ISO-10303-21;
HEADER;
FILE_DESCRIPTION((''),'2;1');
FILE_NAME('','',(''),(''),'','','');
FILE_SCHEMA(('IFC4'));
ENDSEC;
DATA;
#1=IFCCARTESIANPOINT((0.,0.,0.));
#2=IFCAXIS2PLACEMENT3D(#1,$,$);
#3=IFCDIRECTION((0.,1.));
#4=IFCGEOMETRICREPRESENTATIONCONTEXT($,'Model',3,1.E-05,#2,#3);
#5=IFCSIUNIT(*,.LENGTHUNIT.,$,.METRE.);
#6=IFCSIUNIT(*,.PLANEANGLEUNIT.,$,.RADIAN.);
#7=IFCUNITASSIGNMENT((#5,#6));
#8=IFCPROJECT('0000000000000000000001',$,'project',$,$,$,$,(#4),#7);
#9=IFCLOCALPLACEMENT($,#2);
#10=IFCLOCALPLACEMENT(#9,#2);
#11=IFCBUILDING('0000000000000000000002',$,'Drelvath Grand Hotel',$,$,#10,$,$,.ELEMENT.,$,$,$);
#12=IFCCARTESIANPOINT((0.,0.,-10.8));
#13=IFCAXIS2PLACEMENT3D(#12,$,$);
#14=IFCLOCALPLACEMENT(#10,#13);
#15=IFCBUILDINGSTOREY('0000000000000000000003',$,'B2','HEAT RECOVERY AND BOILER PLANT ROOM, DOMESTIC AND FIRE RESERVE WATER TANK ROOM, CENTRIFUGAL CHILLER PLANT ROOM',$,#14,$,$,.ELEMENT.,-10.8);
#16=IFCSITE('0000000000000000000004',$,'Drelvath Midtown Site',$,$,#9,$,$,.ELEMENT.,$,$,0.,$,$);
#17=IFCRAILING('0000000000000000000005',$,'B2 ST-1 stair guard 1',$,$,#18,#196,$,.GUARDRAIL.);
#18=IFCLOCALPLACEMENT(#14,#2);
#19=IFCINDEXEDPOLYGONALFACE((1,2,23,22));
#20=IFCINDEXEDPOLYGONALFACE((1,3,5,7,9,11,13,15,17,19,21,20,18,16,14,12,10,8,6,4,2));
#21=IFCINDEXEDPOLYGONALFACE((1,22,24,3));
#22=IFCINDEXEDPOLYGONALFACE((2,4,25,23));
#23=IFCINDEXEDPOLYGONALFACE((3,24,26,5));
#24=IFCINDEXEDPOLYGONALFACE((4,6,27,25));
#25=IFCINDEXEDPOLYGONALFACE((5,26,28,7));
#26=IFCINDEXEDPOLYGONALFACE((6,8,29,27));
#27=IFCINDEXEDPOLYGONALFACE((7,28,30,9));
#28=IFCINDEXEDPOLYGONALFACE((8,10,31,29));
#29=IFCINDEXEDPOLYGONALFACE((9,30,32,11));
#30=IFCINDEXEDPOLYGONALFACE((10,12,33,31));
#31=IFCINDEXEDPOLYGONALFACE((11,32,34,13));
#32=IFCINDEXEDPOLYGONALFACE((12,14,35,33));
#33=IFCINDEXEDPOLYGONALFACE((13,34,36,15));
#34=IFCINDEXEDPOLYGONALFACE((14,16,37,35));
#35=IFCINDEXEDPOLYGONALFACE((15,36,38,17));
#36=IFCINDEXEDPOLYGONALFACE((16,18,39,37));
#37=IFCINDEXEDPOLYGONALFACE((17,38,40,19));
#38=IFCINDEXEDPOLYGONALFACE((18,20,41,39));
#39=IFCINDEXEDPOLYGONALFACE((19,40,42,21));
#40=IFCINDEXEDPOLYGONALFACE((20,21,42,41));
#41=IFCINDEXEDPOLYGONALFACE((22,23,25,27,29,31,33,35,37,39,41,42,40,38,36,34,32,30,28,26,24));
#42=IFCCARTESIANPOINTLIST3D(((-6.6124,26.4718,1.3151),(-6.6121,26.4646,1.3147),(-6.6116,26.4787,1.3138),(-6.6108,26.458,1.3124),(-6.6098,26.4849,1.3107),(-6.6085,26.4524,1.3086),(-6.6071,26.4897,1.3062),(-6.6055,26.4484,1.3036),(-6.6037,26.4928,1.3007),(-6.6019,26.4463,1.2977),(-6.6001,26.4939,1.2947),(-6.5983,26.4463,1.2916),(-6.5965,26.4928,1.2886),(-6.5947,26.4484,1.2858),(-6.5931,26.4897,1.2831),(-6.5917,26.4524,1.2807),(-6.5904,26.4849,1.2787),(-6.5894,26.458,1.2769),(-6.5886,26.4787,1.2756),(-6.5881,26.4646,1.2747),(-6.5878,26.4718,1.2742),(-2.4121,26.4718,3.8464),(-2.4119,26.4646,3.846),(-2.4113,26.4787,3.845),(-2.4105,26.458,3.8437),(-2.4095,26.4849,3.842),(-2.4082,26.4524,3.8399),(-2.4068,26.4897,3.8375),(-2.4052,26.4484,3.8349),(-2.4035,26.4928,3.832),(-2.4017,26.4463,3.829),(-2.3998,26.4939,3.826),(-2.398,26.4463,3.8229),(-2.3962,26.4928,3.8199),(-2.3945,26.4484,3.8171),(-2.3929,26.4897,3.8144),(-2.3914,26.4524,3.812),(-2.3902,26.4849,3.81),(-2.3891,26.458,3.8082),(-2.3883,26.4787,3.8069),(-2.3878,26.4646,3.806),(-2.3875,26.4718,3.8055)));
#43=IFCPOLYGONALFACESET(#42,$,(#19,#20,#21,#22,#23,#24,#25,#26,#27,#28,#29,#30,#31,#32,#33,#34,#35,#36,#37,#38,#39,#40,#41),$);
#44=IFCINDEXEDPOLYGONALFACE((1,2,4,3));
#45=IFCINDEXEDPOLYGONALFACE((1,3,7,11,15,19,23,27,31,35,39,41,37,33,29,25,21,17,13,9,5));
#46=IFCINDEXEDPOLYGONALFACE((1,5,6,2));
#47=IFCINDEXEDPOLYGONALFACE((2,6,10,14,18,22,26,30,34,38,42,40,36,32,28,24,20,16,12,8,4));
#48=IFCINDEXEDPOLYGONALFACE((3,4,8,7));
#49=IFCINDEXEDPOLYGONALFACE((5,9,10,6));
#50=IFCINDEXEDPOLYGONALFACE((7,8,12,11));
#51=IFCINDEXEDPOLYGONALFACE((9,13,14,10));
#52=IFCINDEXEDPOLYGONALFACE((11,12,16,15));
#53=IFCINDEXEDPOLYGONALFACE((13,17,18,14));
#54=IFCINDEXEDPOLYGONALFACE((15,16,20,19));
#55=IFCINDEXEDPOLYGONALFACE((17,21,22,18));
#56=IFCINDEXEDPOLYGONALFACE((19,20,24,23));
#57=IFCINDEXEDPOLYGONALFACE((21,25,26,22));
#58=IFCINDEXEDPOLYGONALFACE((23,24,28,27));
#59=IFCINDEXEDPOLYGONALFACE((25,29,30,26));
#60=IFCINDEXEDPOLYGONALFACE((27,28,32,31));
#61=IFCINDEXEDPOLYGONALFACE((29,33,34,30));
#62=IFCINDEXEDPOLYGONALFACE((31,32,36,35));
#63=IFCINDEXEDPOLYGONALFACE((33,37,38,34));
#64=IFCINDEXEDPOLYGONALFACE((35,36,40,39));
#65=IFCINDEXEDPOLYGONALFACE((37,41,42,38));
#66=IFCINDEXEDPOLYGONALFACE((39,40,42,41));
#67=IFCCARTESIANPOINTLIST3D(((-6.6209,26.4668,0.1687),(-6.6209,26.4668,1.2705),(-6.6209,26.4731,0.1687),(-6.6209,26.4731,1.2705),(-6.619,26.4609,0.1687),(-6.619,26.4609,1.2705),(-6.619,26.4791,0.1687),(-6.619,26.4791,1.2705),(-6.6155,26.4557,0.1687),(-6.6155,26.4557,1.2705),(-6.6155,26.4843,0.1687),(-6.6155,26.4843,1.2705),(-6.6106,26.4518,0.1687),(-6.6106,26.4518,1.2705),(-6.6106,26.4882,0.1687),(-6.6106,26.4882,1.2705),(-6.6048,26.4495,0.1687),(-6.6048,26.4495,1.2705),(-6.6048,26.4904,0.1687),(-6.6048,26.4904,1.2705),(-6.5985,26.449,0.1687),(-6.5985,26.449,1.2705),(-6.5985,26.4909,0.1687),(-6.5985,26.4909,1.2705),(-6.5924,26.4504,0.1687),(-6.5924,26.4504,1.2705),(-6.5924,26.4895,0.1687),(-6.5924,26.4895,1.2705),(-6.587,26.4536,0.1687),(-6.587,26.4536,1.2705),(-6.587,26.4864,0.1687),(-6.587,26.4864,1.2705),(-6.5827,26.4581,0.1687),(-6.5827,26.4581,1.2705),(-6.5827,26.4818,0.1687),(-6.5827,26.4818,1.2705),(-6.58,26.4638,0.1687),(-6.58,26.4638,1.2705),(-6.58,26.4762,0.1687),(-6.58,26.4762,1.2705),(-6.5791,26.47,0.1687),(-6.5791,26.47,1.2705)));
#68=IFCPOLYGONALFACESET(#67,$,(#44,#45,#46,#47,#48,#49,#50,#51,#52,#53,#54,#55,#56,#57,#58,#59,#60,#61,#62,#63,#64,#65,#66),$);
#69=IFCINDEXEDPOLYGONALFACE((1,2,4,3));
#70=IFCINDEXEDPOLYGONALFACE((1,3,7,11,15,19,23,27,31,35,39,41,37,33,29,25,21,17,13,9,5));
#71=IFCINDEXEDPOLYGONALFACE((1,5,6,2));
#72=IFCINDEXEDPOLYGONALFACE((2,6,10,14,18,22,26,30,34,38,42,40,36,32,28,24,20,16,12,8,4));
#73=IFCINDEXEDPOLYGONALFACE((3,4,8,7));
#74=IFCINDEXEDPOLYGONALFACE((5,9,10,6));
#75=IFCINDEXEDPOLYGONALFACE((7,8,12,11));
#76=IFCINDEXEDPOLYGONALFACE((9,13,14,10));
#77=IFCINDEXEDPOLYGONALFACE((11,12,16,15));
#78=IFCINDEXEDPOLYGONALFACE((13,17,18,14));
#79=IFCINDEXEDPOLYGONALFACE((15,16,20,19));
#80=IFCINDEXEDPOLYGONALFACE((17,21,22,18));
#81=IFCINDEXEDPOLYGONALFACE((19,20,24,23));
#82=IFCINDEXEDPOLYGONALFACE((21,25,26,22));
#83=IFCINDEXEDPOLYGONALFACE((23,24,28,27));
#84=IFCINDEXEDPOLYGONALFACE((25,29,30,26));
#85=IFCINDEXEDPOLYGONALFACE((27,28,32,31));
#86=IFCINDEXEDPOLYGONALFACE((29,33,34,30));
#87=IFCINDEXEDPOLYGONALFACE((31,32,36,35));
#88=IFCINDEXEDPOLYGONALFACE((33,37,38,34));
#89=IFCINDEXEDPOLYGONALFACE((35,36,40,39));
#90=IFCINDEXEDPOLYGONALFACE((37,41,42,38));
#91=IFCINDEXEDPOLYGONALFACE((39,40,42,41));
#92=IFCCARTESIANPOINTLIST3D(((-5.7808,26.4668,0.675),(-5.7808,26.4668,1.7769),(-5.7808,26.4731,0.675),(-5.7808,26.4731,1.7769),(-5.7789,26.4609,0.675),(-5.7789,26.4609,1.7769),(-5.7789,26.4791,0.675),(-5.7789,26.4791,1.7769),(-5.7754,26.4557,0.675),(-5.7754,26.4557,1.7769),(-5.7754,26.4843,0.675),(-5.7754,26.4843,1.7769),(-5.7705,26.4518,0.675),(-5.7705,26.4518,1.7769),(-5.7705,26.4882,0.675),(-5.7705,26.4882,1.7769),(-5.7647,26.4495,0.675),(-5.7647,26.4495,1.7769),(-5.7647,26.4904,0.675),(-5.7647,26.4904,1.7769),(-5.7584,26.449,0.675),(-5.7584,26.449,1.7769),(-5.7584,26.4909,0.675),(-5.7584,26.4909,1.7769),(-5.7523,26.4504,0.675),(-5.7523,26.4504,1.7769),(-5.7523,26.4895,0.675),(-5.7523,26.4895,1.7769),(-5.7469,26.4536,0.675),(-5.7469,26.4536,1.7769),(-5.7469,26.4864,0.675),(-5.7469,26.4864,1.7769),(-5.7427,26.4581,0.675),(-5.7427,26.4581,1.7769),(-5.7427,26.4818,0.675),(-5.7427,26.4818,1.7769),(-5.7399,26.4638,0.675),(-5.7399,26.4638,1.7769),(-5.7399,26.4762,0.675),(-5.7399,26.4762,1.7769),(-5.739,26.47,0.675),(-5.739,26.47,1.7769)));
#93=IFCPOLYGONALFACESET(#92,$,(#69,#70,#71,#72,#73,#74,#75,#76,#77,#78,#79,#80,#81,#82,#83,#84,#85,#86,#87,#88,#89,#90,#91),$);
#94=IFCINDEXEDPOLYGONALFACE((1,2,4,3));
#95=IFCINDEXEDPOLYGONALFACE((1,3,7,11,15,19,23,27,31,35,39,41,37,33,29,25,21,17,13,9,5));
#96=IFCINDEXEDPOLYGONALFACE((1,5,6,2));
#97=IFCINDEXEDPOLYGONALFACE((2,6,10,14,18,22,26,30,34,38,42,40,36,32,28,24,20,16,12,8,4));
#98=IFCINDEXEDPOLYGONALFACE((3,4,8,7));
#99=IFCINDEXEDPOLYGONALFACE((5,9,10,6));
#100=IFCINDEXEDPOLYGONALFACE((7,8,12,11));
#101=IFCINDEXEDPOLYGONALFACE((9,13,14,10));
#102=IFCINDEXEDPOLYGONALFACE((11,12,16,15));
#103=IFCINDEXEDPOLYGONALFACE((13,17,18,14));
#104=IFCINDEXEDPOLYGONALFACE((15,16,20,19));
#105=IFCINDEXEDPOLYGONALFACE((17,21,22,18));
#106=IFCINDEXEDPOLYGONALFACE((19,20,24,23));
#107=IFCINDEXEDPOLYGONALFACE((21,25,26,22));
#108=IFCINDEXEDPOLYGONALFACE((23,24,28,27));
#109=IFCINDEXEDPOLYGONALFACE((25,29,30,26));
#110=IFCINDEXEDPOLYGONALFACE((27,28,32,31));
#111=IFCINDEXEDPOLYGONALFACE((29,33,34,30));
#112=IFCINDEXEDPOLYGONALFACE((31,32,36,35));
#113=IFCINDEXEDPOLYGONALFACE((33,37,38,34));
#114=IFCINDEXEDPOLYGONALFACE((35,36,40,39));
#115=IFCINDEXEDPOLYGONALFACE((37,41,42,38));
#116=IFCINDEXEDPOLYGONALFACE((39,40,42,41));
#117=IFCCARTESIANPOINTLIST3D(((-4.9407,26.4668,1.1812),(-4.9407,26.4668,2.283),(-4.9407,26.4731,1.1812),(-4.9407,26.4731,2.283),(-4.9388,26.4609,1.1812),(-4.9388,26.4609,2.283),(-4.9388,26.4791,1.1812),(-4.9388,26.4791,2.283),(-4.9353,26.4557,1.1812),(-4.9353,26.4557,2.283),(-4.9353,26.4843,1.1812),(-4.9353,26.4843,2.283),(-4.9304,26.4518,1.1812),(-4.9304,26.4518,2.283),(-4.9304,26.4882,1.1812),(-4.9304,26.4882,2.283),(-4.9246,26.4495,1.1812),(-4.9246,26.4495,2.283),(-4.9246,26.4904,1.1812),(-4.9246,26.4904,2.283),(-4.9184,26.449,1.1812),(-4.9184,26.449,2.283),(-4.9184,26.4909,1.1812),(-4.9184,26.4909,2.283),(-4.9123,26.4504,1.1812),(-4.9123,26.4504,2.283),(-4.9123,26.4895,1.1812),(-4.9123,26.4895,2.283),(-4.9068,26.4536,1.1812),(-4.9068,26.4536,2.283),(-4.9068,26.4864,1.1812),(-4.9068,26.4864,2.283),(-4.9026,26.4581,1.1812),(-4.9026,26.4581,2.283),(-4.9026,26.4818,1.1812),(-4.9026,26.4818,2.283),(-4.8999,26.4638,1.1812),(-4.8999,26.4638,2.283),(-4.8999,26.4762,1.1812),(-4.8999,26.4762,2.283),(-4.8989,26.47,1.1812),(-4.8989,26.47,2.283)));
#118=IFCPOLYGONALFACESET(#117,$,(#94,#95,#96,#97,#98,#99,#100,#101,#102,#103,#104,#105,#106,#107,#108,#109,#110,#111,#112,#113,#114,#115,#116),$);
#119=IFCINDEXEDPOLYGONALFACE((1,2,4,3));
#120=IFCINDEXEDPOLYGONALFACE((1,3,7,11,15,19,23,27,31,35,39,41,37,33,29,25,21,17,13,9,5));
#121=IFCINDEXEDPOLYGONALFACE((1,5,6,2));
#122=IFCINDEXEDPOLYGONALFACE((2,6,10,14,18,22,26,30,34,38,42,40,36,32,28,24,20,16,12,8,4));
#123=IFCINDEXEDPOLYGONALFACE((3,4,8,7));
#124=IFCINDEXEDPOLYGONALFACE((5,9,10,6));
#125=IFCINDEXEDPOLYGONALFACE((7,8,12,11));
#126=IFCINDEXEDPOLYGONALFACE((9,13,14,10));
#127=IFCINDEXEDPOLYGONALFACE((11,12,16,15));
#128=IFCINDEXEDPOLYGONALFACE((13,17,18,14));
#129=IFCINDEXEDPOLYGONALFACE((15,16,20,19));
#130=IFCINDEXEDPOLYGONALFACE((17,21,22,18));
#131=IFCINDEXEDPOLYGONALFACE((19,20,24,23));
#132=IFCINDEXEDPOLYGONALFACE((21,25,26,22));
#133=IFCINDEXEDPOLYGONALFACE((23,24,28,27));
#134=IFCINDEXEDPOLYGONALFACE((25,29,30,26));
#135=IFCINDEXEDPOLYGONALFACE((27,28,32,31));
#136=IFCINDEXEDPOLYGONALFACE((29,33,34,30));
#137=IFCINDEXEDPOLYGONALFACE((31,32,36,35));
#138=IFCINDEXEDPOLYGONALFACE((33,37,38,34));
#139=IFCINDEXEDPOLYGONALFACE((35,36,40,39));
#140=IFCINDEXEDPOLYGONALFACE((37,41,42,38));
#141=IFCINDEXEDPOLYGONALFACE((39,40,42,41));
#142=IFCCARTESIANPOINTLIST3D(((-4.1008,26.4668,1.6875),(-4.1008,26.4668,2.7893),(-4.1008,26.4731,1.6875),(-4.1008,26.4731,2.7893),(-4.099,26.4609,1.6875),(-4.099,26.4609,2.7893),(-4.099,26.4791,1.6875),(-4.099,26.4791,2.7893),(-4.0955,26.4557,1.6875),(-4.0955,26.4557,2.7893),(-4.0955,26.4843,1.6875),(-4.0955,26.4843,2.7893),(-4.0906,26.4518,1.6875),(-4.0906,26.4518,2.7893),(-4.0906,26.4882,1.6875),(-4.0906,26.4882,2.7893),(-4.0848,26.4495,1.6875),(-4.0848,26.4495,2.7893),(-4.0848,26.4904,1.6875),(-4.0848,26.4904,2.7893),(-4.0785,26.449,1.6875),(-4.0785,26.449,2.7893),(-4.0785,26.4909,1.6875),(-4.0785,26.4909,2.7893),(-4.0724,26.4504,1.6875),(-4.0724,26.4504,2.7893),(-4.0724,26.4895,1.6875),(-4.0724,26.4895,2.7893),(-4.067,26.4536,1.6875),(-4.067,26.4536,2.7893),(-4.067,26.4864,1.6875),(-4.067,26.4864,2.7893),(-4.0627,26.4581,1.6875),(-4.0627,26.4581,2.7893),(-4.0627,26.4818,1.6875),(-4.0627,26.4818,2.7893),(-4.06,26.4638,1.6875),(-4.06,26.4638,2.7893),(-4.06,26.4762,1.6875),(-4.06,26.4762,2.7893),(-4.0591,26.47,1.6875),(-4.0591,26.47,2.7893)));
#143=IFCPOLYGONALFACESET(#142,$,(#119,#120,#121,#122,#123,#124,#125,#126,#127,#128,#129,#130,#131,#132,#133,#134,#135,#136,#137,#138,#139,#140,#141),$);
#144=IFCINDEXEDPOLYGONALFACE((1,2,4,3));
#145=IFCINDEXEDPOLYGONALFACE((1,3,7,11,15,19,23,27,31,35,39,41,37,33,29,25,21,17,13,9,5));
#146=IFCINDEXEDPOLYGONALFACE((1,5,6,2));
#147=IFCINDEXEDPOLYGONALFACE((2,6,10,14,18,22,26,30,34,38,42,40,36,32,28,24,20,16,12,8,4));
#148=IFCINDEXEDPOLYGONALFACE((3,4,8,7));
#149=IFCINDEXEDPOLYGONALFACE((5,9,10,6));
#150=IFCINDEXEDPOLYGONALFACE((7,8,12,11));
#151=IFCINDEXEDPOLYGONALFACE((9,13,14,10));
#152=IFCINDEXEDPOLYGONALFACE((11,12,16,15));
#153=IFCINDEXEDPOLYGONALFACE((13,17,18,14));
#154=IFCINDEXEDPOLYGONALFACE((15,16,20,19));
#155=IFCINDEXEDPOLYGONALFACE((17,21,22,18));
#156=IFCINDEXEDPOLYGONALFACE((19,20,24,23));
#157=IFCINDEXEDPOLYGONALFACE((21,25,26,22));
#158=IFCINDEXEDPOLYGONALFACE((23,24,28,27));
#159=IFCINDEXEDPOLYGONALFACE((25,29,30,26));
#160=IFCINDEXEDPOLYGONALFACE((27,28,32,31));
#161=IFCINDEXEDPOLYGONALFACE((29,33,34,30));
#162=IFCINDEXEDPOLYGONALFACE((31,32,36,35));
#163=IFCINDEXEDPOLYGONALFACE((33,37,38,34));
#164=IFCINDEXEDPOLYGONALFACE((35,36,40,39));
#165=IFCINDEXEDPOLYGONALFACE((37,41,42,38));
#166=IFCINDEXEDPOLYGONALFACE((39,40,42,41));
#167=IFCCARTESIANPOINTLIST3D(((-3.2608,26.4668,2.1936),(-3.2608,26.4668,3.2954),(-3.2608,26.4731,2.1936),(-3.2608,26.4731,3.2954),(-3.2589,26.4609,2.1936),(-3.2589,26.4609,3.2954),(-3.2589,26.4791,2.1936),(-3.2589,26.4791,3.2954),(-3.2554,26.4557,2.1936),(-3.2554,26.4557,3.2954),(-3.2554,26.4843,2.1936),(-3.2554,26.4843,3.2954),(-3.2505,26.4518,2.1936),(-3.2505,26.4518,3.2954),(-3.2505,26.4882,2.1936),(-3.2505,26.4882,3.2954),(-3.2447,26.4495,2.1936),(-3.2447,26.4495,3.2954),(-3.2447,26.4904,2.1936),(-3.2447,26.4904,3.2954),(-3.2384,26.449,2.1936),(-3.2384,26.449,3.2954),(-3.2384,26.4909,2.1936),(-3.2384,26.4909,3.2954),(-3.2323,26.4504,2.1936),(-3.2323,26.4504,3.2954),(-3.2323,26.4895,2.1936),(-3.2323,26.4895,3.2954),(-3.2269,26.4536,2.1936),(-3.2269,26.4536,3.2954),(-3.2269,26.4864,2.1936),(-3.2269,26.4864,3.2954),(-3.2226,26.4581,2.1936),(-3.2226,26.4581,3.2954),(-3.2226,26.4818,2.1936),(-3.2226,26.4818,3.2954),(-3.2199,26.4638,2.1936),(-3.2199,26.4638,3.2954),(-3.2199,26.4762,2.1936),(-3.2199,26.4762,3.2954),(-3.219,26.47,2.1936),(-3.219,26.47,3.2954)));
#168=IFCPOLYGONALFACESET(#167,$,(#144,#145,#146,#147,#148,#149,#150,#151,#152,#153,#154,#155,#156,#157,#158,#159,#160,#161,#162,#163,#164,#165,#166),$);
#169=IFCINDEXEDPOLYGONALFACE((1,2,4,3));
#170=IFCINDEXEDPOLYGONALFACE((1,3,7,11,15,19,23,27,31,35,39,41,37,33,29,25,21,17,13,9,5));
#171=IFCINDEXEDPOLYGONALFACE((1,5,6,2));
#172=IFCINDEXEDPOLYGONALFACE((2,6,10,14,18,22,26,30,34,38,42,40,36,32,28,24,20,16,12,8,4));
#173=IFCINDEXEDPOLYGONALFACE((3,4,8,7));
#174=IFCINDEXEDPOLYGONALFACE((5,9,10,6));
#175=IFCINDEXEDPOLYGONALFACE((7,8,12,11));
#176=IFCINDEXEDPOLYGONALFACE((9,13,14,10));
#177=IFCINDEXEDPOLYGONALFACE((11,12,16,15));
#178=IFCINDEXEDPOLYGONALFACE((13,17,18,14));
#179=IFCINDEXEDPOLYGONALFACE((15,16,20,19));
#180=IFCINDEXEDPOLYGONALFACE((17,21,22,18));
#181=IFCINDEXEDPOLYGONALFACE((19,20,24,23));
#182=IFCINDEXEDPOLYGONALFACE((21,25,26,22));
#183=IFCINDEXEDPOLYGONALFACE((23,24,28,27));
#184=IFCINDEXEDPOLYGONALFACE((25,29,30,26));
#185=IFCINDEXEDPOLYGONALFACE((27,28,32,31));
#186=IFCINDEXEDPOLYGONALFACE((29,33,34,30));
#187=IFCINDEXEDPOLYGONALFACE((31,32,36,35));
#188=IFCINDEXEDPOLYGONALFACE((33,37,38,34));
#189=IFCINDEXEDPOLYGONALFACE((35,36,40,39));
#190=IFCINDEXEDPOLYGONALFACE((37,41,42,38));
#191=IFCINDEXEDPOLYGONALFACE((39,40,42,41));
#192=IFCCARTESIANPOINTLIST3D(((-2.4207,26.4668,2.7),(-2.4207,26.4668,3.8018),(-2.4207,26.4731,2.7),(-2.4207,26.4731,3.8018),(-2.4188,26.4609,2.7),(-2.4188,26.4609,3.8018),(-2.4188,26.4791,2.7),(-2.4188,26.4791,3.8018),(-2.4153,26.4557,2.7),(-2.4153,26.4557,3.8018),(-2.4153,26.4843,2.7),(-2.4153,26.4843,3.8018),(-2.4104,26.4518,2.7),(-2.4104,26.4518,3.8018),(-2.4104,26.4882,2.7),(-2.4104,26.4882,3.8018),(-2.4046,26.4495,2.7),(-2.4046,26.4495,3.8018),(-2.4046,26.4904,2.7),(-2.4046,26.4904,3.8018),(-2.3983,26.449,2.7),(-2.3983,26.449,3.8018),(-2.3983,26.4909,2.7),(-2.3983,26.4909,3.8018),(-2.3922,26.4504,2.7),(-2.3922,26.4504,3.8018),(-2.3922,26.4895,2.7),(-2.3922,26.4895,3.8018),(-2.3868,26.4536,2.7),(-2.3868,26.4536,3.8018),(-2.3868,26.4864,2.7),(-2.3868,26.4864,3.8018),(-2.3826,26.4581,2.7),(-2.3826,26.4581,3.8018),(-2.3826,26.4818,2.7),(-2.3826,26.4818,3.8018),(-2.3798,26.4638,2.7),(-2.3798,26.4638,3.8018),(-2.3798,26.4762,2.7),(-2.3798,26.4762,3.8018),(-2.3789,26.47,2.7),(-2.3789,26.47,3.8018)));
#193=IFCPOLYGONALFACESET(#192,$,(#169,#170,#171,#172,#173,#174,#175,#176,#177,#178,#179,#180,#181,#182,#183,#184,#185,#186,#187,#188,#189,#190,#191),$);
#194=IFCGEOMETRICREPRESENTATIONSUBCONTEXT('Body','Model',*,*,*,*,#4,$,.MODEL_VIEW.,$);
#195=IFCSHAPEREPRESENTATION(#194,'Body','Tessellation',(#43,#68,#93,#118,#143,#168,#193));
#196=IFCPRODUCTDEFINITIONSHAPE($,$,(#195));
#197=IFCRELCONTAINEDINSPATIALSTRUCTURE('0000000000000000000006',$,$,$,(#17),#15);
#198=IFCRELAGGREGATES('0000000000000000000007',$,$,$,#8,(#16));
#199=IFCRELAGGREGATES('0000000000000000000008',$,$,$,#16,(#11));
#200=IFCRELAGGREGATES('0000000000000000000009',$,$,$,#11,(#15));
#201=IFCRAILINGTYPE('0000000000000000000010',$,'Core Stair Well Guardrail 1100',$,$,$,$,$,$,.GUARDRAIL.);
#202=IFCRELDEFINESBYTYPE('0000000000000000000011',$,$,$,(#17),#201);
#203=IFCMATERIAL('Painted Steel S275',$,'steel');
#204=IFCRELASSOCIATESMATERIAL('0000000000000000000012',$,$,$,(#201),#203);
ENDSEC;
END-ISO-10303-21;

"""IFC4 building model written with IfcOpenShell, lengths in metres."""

from ifc_helpers import new_model, si_unit, direction, frame, origin, origin_2d, place, context, subcontext, project, spatial, circle, extrude, material, type_object, element, save


model = new_model("IFC4")

# Units and contexts
model_context = context("Model", 3, precision=1e-05, world=origin(), true_north=direction((0.0, 1.0)))
body_context = subcontext(model_context, "Body", "Model", "MODEL_VIEW")
ifc_project = project(units=[si_unit("LENGTHUNIT", "METRE"), si_unit("PLANEANGLEUNIT", "RADIAN")], contexts=[model_context])

# Site, building, storey
site_placement = place(None, origin())
site = spatial("IfcSite", under=ifc_project, at=site_placement, Name="Drelvath Midtown Site", CompositionType="ELEMENT", RefElevation=0.0)
building_placement = place(site_placement, origin())
building = spatial("IfcBuilding", under=site, at=building_placement, Name="Drelvath Grand Hotel", CompositionType="ELEMENT")
storey_placement = place(building_placement, frame((0.0, 0.0, -10.8)))
storey = spatial("IfcBuildingStorey", under=building, at=storey_placement, Name="B2", Description="HEAT RECOVERY AND BOILER PLANT ROOM, DOMESTIC AND FIRE RESERVE WATER TANK ROOM, CENTRIFUGAL CHILLER PLANT ROOM", CompositionType="ELEMENT", Elevation=-10.8)

# Shared definitions
ifc_material_1 = material(Name="Painted Steel S275", Category="steel")

# Railing
railing_type_1 = type_object("IfcRailingType", Name="Core Stair Well Guardrail 1100", PredefinedType="GUARDRAIL", material=ifc_material_1)
railing_1_placement = place(storey_placement, frame((-6.6001, 26.47, 0.1687)))
element("IfcRailing", 1, at=railing_1_placement, inside=storey, type_object=railing_type_1, Name="B2 ST-1 stair guard 1", PredefinedType="GUARDRAIL", context=body_context, shape_type="SweptSolid", body=[
    extrude(circle(Radius=0.0239, at=origin_2d()), frame((0.0, 0.0, 1.126), z_axis=(0.85649, 0.0, 0.516164), x_axis=(0.0, 1.0, 0.0)), (0.0, 0.0, 1.0), 4.9041),
    extrude(circle(Radius=0.021, at=origin_2d()), origin(), (0.0, 0.0, 1.0), 1.1018),
    extrude(circle(Radius=0.021, at=origin_2d()), frame((0.8401, 0.0, 0.5063)), (0.0, 0.0, 1.0), 1.1018),
    extrude(circle(Radius=0.021, at=origin_2d()), frame((1.6802, 0.0, 1.0125)), (0.0, 0.0, 1.0), 1.1018),
    extrude(circle(Radius=0.021, at=origin_2d()), frame((2.52, 0.0, 1.5188)), (0.0, 0.0, 1.0), 1.1018),
    extrude(circle(Radius=0.021, at=origin_2d()), frame((3.3601, 0.0, 2.0249)), (0.0, 0.0, 1.0), 1.1018),
    extrude(circle(Radius=0.021, at=origin_2d()), frame((4.2002, 0.0, 2.5312)), (0.0, 0.0, 1.0), 1.1018),
])

save(model, "model.ifc")
